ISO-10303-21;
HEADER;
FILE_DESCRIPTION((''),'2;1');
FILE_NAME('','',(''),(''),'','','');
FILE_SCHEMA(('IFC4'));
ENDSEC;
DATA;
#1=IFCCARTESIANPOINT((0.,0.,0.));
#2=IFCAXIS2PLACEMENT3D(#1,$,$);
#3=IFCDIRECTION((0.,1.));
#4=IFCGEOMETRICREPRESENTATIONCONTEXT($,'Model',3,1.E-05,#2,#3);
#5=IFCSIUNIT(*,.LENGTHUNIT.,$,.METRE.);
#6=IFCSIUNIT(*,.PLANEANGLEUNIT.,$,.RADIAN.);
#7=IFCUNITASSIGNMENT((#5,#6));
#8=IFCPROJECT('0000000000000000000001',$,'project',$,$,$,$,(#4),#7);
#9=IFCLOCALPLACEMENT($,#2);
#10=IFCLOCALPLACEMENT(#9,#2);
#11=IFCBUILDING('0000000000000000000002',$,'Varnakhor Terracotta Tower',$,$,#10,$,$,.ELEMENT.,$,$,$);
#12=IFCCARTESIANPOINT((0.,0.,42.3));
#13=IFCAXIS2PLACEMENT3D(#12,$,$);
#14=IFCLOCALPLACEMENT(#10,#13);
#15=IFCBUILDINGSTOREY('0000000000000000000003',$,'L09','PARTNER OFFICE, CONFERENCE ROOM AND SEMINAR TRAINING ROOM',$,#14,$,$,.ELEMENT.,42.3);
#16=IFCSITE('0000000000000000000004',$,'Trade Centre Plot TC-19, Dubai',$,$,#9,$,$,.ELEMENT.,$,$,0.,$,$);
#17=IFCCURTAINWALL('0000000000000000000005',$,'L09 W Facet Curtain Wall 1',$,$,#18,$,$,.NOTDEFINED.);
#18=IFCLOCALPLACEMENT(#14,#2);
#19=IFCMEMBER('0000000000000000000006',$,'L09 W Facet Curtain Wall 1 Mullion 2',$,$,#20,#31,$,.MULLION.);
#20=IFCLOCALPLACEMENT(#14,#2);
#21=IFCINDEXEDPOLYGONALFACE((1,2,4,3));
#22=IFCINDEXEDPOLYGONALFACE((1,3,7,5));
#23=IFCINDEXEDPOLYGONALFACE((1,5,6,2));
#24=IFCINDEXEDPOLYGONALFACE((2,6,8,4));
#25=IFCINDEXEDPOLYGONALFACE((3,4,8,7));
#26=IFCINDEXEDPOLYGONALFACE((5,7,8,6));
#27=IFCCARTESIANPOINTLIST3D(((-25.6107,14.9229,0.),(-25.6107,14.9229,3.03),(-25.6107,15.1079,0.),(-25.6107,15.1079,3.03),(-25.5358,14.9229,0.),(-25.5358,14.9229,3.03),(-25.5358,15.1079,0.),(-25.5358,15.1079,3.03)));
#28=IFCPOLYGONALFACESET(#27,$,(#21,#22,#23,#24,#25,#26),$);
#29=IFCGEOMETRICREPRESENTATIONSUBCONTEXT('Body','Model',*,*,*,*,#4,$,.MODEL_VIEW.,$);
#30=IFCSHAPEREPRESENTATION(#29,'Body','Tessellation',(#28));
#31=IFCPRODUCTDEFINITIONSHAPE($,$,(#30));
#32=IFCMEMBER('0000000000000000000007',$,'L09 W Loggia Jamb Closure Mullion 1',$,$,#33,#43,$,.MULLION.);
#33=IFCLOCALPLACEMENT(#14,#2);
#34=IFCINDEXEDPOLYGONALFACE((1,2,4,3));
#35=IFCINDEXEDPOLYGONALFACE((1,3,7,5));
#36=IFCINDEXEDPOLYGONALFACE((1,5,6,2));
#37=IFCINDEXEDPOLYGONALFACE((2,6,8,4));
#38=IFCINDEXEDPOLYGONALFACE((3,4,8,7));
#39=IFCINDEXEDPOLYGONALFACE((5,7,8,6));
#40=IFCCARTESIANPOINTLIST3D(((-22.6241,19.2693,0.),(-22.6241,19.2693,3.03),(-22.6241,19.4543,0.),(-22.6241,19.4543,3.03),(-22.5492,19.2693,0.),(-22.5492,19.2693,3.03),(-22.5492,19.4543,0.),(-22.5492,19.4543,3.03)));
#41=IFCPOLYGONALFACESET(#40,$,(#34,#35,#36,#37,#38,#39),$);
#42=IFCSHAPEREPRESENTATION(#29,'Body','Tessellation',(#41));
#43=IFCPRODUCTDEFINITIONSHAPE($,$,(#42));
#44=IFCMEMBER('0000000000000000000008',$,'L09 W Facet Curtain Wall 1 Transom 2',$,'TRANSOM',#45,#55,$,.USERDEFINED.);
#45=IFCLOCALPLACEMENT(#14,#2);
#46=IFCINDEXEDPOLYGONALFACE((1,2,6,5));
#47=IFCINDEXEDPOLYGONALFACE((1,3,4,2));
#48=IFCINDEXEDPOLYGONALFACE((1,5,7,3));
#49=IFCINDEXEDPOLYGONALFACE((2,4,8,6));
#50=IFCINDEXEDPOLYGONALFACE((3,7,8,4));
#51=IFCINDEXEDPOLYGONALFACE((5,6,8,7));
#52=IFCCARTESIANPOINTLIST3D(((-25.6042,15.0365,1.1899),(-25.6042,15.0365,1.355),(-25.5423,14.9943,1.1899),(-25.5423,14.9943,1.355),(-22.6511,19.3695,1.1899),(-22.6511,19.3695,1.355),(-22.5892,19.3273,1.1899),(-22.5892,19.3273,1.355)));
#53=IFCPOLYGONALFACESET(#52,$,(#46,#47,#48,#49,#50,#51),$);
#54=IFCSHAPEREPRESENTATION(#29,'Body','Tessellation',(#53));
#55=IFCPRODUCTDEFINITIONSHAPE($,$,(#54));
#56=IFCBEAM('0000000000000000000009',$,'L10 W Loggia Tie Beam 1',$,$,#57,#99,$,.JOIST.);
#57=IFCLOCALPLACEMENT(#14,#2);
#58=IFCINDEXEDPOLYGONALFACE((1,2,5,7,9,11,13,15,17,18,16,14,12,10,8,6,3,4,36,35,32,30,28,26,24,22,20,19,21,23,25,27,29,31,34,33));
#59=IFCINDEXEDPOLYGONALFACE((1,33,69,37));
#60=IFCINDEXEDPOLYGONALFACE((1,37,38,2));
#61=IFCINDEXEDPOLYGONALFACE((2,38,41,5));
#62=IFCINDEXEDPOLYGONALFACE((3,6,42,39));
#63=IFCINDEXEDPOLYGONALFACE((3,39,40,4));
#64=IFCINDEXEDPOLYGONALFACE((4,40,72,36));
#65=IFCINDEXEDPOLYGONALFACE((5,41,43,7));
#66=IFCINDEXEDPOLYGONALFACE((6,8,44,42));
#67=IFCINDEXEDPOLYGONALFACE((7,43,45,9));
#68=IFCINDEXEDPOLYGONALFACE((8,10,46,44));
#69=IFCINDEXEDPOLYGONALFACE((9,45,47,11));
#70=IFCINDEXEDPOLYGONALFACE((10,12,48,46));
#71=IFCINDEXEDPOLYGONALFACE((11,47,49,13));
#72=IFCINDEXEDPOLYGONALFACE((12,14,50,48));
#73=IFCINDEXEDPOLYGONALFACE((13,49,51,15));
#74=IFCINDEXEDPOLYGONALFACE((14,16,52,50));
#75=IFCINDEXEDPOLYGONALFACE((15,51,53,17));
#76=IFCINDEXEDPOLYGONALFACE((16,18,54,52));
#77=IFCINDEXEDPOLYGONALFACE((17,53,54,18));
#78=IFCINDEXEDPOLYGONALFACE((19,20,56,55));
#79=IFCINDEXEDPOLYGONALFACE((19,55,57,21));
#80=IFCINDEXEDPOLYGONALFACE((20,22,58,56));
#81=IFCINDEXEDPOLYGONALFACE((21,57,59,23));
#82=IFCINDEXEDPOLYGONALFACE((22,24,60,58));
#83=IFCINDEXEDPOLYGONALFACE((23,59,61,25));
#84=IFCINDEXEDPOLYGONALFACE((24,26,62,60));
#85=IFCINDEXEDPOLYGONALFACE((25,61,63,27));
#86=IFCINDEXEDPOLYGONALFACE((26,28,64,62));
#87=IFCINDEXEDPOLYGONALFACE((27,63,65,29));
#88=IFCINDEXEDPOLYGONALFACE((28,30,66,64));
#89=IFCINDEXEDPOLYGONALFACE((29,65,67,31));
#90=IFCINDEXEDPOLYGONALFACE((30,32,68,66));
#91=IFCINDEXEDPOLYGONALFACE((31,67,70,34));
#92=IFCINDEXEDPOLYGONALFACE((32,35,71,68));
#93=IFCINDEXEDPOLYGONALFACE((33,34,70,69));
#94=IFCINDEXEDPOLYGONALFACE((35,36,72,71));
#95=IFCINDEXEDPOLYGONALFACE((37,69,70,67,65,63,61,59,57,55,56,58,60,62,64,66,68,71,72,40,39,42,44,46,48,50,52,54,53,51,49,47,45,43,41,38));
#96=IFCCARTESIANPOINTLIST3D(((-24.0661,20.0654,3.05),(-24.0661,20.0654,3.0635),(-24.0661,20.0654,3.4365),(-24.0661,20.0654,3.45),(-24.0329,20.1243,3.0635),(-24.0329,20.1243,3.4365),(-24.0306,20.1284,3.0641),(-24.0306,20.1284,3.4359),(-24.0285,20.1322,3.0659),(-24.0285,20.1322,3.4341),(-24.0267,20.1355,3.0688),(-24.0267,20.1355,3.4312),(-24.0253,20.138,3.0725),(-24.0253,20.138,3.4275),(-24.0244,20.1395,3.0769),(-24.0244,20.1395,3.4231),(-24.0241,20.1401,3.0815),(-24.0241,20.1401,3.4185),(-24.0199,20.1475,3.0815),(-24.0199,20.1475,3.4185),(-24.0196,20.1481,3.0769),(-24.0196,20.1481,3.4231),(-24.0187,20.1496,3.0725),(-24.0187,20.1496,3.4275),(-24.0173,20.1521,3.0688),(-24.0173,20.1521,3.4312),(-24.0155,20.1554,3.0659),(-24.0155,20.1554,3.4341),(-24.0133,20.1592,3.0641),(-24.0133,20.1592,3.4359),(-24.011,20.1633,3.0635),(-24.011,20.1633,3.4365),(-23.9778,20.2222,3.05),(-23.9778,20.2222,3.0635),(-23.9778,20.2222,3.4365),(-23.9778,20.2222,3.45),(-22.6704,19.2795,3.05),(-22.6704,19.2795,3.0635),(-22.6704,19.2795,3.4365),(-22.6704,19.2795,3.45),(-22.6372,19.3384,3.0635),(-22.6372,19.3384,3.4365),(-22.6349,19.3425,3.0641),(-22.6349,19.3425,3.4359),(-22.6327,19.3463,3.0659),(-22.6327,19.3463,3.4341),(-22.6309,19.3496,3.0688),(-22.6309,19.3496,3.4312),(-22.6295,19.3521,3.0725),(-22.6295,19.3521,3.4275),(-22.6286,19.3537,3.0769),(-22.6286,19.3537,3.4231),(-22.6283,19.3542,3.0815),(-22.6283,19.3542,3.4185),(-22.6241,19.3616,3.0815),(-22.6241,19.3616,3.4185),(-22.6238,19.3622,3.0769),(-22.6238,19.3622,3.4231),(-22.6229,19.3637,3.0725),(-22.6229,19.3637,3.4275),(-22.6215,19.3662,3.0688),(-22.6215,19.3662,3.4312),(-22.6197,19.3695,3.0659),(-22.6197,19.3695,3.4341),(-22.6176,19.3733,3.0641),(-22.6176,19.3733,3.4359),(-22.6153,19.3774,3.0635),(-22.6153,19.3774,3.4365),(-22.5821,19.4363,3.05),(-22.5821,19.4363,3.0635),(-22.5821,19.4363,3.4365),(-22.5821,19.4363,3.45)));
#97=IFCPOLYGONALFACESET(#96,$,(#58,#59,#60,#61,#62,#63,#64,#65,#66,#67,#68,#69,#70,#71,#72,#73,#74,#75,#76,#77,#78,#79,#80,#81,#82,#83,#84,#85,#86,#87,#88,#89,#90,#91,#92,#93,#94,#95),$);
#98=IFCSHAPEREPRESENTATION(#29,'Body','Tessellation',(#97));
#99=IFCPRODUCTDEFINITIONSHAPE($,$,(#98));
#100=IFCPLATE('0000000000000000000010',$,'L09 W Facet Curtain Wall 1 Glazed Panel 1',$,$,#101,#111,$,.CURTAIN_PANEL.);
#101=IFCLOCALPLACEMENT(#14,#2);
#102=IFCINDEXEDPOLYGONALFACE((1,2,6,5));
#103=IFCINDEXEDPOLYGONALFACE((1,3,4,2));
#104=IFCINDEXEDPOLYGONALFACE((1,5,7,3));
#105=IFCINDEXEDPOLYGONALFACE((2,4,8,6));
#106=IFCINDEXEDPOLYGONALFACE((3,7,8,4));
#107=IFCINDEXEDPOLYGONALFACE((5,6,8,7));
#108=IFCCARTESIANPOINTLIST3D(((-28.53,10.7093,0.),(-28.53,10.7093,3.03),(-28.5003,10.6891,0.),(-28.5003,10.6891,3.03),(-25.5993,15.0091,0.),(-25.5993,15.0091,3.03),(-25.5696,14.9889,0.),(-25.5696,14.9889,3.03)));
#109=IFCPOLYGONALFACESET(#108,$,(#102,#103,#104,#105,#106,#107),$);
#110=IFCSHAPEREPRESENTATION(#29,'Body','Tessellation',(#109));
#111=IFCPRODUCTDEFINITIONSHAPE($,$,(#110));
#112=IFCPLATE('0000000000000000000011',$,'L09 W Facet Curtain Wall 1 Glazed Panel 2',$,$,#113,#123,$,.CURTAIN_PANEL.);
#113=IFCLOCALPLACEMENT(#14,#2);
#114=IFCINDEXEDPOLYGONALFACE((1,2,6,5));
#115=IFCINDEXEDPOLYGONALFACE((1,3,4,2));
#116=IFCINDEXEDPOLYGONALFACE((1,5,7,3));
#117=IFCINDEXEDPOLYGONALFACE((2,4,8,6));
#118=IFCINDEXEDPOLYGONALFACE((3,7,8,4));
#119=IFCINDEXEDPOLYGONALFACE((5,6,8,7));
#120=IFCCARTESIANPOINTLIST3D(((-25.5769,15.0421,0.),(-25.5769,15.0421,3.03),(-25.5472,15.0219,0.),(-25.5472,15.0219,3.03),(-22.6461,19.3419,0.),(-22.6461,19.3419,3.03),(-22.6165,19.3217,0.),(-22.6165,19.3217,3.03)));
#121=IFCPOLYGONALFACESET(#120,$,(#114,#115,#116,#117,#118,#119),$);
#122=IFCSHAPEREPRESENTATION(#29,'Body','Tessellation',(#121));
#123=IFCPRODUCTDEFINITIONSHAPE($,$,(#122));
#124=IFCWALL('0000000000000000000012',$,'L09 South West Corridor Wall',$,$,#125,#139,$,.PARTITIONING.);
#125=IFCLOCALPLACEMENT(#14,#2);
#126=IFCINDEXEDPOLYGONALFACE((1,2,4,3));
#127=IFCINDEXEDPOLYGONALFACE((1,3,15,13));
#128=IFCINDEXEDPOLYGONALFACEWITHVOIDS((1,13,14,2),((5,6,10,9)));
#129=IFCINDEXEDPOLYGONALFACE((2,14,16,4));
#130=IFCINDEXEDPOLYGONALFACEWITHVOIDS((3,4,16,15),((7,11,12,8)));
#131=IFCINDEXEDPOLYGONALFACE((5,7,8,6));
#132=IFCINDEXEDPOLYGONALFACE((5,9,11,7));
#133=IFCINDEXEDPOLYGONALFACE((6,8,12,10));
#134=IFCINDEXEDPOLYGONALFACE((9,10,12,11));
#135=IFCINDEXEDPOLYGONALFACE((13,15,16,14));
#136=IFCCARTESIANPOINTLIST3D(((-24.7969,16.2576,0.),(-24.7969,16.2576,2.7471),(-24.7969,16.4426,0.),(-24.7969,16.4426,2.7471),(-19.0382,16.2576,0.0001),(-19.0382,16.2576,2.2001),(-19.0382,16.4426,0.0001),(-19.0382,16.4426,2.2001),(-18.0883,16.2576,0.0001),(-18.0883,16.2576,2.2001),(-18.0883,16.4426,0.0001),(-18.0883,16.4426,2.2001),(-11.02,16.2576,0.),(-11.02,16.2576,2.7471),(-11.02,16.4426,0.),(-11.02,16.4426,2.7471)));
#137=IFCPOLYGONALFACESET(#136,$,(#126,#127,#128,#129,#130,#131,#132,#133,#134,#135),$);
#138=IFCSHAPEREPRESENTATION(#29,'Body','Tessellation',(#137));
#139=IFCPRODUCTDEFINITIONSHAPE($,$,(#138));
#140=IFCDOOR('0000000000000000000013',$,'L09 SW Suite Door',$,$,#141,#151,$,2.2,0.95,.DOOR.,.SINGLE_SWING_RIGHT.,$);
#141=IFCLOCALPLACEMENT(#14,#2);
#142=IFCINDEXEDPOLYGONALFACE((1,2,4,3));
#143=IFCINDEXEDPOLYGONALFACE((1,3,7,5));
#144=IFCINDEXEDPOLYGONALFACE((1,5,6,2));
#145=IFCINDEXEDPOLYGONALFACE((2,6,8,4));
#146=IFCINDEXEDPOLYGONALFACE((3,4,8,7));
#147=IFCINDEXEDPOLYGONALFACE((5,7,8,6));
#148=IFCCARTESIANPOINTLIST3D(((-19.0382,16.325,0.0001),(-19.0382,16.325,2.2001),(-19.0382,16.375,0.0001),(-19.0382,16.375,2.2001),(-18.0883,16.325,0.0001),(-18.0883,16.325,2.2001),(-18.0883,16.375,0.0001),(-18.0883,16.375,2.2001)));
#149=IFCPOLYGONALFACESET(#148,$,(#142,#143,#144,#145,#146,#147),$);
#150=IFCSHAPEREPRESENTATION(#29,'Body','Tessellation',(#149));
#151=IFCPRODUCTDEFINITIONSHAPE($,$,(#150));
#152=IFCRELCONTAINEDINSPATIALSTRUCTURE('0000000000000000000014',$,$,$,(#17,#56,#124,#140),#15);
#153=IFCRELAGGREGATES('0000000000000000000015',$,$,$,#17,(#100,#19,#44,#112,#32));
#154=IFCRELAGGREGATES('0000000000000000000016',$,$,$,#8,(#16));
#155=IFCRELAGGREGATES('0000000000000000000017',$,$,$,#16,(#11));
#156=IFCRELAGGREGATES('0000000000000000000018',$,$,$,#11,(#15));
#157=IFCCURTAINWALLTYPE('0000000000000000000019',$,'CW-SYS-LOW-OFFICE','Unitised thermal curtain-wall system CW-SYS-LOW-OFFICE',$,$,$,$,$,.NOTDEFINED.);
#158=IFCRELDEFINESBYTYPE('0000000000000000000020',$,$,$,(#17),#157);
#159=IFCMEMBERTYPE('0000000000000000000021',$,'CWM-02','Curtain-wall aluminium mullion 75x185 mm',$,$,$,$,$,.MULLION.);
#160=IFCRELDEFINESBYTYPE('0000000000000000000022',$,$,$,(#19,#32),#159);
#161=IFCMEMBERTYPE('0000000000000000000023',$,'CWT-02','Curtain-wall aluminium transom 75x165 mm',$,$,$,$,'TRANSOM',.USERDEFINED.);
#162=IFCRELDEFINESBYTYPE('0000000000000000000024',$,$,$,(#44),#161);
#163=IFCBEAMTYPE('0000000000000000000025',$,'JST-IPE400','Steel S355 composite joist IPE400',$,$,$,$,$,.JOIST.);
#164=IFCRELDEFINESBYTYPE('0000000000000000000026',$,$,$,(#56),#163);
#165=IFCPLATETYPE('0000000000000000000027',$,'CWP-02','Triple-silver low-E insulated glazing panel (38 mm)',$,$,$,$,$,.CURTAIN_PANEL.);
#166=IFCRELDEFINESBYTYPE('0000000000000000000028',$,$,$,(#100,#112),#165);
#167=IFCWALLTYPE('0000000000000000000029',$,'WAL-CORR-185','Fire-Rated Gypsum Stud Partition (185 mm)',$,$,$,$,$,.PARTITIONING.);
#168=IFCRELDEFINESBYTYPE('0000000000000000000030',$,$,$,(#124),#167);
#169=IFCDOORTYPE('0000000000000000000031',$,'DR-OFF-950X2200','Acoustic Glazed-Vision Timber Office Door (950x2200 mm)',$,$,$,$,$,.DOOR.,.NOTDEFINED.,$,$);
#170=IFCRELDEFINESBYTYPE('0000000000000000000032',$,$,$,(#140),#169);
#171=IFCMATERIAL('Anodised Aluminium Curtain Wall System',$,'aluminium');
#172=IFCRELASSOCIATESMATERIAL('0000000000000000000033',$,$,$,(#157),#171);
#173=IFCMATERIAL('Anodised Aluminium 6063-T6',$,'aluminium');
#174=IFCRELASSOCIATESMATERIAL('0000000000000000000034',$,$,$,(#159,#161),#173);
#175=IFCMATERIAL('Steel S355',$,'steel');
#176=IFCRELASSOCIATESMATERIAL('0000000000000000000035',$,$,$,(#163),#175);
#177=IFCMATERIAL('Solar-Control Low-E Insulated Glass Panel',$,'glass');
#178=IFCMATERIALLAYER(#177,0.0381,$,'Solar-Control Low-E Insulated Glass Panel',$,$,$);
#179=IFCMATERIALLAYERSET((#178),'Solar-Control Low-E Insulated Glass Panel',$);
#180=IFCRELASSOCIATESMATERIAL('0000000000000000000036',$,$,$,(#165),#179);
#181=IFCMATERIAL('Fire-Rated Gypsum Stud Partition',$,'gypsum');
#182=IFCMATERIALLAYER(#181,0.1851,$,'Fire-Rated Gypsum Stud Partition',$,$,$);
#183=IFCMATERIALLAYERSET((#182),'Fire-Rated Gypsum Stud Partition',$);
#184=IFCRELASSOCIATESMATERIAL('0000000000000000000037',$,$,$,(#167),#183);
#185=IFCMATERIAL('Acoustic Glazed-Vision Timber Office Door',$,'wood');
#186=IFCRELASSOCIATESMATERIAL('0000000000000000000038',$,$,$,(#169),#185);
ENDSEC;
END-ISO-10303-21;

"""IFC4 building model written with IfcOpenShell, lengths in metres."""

from ifc_helpers import new_model, si_unit, direction, frame, frame_2d, origin, origin_2d, place, context, subcontext, project, spatial, rectangle, i_section, extrude, source, transform, mapped, material, layer, layer_set, material_profile, profile_set, type_object, type_shapes, element, fill, aggregate, save


model = new_model("IFC4")

# Units and contexts
model_context = context("Model", 3, precision=1e-05, world=origin(), true_north=direction((0.0, 1.0)))
body_context = subcontext(model_context, "Body", "Model", "MODEL_VIEW")
ifc_project = project(units=[si_unit("LENGTHUNIT", "METRE"), si_unit("PLANEANGLEUNIT", "RADIAN")], contexts=[model_context])

# Site, building, storey
site_placement = place(None, origin())
site = spatial("IfcSite", under=ifc_project, at=site_placement, Name="Trade Centre Plot TC-19, Dubai", CompositionType="ELEMENT", RefElevation=0.0)
building_placement = place(site_placement, origin())
building = spatial("IfcBuilding", under=site, at=building_placement, Name="Varnakhor Terracotta Tower", CompositionType="ELEMENT")
storey_placement = place(building_placement, frame((0.0, 0.0, 42.3)))
storey = spatial("IfcBuildingStorey", under=building, at=storey_placement, Name="L09", Description="PARTNER OFFICE, CONFERENCE ROOM AND SEMINAR TRAINING ROOM", CompositionType="ELEMENT", Elevation=42.3)

# Shared definitions
ifc_material_1 = material(Name="Steel S355", Category="steel")

# Curtain wall, members
ifc_material_2 = material(Name="Anodised Aluminium Curtain Wall System", Category="aluminium")
curtain_wall_type = type_object("IfcCurtainWallType", Name="CW-SYS-LOW-OFFICE", Description="Unitised thermal curtain-wall system CW-SYS-LOW-OFFICE", PredefinedType="NOTDEFINED", material=ifc_material_2)
curtain_wall_placement = place(storey_placement, origin())
curtain_wall = element("IfcCurtainWall", 1, at=curtain_wall_placement, inside=storey, type_object=curtain_wall_type, Name="L09 W Facet Curtain Wall 1", PredefinedType="NOTDEFINED")
ifc_material_3 = material(Name="Anodised Aluminium 6063-T6", Category="aluminium")
ifc_material_profile_1 = material_profile(ifc_material_3, rectangle(XDim=0.075, YDim=0.1851, at=origin_2d()), Name="ALU MULLION 75x185")
ifc_profile_set_1 = profile_set([ifc_material_profile_1], Name="Anodised Aluminium 6063-T6")
member_type_1 = type_object("IfcMemberType", Name="CWM-02", Description="Curtain-wall aluminium mullion 75x185 mm", PredefinedType="MULLION", material=ifc_profile_set_1)
shared_shape_1 = source(origin(), body_context, "Body", "SweptSolid", [
    extrude(rectangle(XDim=0.075, YDim=0.1851, at=origin_2d()), origin(), (0.0, 0.0, 1.0), 3.03),
])
type_shapes(member_type_1, [shared_shape_1])
member_1_placement = place(storey_placement, frame((-25.5732, 15.0154, 0.0), z_axis=(0.0, 0.0, 1.0), x_axis=(1.0, 0.0, 0.0)))
member_1 = element("IfcMember", 2, at=member_1_placement, type_object=member_type_1, Name="L09 W Facet Curtain Wall 1 Mullion 2", PredefinedType="MULLION", context=body_context, shape_type="MappedRepresentation", body=[
    mapped(shared_shape_1, transform((0.0, 0.0, 0.0), scale=1.0)),
])
member_2_placement = place(storey_placement, frame((-22.5867, 19.3618, 0.0), z_axis=(0.0, 0.0, 1.0), x_axis=(1.0, 0.0, 0.0)))
member_2 = element("IfcMember", 3, at=member_2_placement, type_object=member_type_1, Name="L09 W Loggia Jamb Closure Mullion 1", PredefinedType="MULLION", context=body_context, shape_type="MappedRepresentation", body=[
    mapped(shared_shape_1, transform((0.0, 0.0, 0.0), scale=1.0)),
])
ifc_material_profile_2 = material_profile(ifc_material_3, rectangle(XDim=0.075, YDim=0.165, at=origin_2d()), Name="ALU TRANSOM 75x165")
ifc_profile_set_2 = profile_set([ifc_material_profile_2], Name="Anodised Aluminium 6063-T6")
member_type_2 = type_object("IfcMemberType", Name="CWT-02", Description="Curtain-wall aluminium transom 75x165 mm", ElementType="TRANSOM", PredefinedType="USERDEFINED", material=ifc_profile_set_2)
shared_shape_2 = source(origin(), body_context, "Body", "SweptSolid", [
    extrude(rectangle(XDim=0.075, YDim=0.165, at=origin_2d()), origin(), (0.0, 0.0, 1.0), 5.2437),
])
member_3_placement = place(storey_placement, frame((-25.5732, 15.0154, 1.2725), z_axis=(0.563181, 0.826334, 0.0), x_axis=(-0.826334, 0.563181, 0.0)))
member_3 = element("IfcMember", 4, at=member_3_placement, type_object=member_type_2, Name="L09 W Facet Curtain Wall 1 Transom 2", ObjectType="TRANSOM", PredefinedType="USERDEFINED", context=body_context, shape_type="MappedRepresentation", body=[
    mapped(shared_shape_2, transform((0.0, 0.0, 0.0), scale=1.0)),
])

# Beam
ifc_material_profile_3 = material_profile(ifc_material_1, i_section(OverallWidth=0.1799, OverallDepth=0.3999, WebThickness=0.0085, FlangeThickness=0.0134, FilletRadius=0.0181, at=origin_2d()), Name="IPE400")
ifc_profile_set_3 = profile_set([ifc_material_profile_3], Name="Steel S355")
beam_type_1 = type_object("IfcBeamType", Name="JST-IPE400", Description="Steel S355 composite joist IPE400", PredefinedType="JOIST", material=ifc_profile_set_3)
shared_shape_3 = source(origin(), body_context, "Body", "SweptSolid", [
    extrude(i_section(OverallWidth=0.1799, OverallDepth=0.3999, WebThickness=0.0085, FlangeThickness=0.0134, FilletRadius=0.0181, at=origin_2d()), origin(), (0.0, 0.0, 1.0), 1.6018),
])
beam_1_placement = place(storey_placement, frame((-22.6262, 19.3579, 3.25), z_axis=(-0.871368, 0.49063, 0.0), x_axis=(-0.49063, -0.871368, 0.0)))
element("IfcBeam", 5, at=beam_1_placement, inside=storey, type_object=beam_type_1, Name="L10 W Loggia Tie Beam 1", PredefinedType="JOIST", context=body_context, shape_type="MappedRepresentation", body=[
    mapped(shared_shape_3, transform((0.0, 0.0, 0.0), scale=1.0)),
])

# Plates
ifc_material_4 = material(Name="Solar-Control Low-E Insulated Glass Panel", Category="glass")
ifc_layer_1 = layer(ifc_material_4, 0.0381, Name="Solar-Control Low-E Insulated Glass Panel")
ifc_layer_set_1 = layer_set([ifc_layer_1], Name="Solar-Control Low-E Insulated Glass Panel")
plate_type = type_object("IfcPlateType", Name="CWP-02", Description="Triple-silver low-E insulated glazing panel (38 mm)", PredefinedType="CURTAIN_PANEL", material=ifc_layer_set_1)
shared_shape_4 = source(origin(), body_context, "Body", "SweptSolid", [
    extrude(rectangle(XDim=5.2036, YDim=0.0359, at=origin_2d()), origin(), (0.0, 0.0, 1.0), 3.03),
])
plate_1_placement = place(storey_placement, frame((-27.0498, 12.8491, 0.0), z_axis=(0.0, 0.0, 1.0), x_axis=(0.563209, 0.826315, 0.0)))
plate_1 = element("IfcPlate", 6, at=plate_1_placement, type_object=plate_type, Name="L09 W Facet Curtain Wall 1 Glazed Panel 1", PredefinedType="CURTAIN_PANEL", context=body_context, shape_type="MappedRepresentation", body=[
    mapped(shared_shape_4, transform((0.0, 0.0, 0.0), scale=1.0)),
])
plate_2_placement = place(storey_placement, frame((-24.0967, 17.1819, 0.0), z_axis=(0.0, 0.0, 1.0), x_axis=(0.563209, 0.826315, 0.0)))
plate_2 = element("IfcPlate", 7, at=plate_2_placement, type_object=plate_type, Name="L09 W Facet Curtain Wall 1 Glazed Panel 2", PredefinedType="CURTAIN_PANEL", context=body_context, shape_type="MappedRepresentation", body=[
    mapped(shared_shape_4, transform((0.0, 0.0, 0.0), scale=1.0)),
])
aggregate(curtain_wall, [plate_1, member_1, member_3, plate_2, member_2])

# Wall, opening, door
ifc_material_5 = material(Name="Fire-Rated Gypsum Stud Partition", Category="gypsum")
ifc_layer_2 = layer(ifc_material_5, 0.1851, Name="Fire-Rated Gypsum Stud Partition")
ifc_layer_set_2 = layer_set([ifc_layer_2], Name="Fire-Rated Gypsum Stud Partition")
wall_type_1 = type_object("IfcWallType", Name="WAL-CORR-185", Description="Fire-Rated Gypsum Stud Partition (185 mm)", PredefinedType="PARTITIONING", material=ifc_layer_set_2)
wall_1_placement = place(storey_placement, frame((-24.7969, 16.3501, 0.0), z_axis=(0.0, 0.0, 1.0), x_axis=(1.0, 0.0, 0.0)))
wall_1 = element("IfcWall", 8, at=wall_1_placement, inside=storey, type_object=wall_type_1, Name="L09 South West Corridor Wall", PredefinedType="PARTITIONING", context=body_context, shape_type="SweptSolid", body=[
    extrude(rectangle(XDim=13.7769, YDim=0.1851, at=frame_2d((6.8884, 0.0))), origin(), (0.0, 0.0, 1.0), 2.7471),
])
opening_1_placement = place(wall_1_placement, frame((5.7585, 0.0, 0.0)))
opening_1 = element("IfcOpeningElement", 9, at=opening_1_placement, cuts=wall_1, PredefinedType="OPENING", context=body_context, shape_type="SweptSolid", body=[
    extrude(rectangle(XDim=0.95, YDim=2.2, at=frame_2d((0.4751, 1.1001))), frame((0.0, 0.1025, 0.0), z_axis=(0.0, -1.0, 0.0), x_axis=(1.0, 0.0, 0.0)), (0.0, 0.0, 1.0), 0.2051),
])
ifc_material_6 = material(Name="Acoustic Glazed-Vision Timber Office Door", Category="wood")
door_type_1 = type_object("IfcDoorType", Name="DR-OFF-950X2200", Description="Acoustic Glazed-Vision Timber Office Door (950x2200 mm)", OperationType="NOTDEFINED", PredefinedType="DOOR", material=ifc_material_6)
shared_shape_5 = source(origin(), body_context, "Body", "SweptSolid", [
    extrude(rectangle(XDim=0.95, YDim=2.2, at=frame_2d((0.4751, 1.1001))), frame((0.0, 0.0249, 0.0), z_axis=(0.0, -1.0, 0.0), x_axis=(1.0, 0.0, 0.0)), (0.0, 0.0, 1.0), 0.05),
])
type_shapes(door_type_1, [shared_shape_5])
door_1_placement = place(opening_1_placement, origin())
door_1 = element("IfcDoor", 10, at=door_1_placement, inside=storey, type_object=door_type_1, Name="L09 SW Suite Door", OperationType="SINGLE_SWING_RIGHT", OverallHeight=2.2, OverallWidth=0.95, PredefinedType="DOOR", context=body_context, shape_type="MappedRepresentation", body=[
    mapped(shared_shape_5, transform((0.0, 0.0, 0.0), scale=1.0)),
])
fill(opening_1, door_1)

save(model, "model.ifc")
